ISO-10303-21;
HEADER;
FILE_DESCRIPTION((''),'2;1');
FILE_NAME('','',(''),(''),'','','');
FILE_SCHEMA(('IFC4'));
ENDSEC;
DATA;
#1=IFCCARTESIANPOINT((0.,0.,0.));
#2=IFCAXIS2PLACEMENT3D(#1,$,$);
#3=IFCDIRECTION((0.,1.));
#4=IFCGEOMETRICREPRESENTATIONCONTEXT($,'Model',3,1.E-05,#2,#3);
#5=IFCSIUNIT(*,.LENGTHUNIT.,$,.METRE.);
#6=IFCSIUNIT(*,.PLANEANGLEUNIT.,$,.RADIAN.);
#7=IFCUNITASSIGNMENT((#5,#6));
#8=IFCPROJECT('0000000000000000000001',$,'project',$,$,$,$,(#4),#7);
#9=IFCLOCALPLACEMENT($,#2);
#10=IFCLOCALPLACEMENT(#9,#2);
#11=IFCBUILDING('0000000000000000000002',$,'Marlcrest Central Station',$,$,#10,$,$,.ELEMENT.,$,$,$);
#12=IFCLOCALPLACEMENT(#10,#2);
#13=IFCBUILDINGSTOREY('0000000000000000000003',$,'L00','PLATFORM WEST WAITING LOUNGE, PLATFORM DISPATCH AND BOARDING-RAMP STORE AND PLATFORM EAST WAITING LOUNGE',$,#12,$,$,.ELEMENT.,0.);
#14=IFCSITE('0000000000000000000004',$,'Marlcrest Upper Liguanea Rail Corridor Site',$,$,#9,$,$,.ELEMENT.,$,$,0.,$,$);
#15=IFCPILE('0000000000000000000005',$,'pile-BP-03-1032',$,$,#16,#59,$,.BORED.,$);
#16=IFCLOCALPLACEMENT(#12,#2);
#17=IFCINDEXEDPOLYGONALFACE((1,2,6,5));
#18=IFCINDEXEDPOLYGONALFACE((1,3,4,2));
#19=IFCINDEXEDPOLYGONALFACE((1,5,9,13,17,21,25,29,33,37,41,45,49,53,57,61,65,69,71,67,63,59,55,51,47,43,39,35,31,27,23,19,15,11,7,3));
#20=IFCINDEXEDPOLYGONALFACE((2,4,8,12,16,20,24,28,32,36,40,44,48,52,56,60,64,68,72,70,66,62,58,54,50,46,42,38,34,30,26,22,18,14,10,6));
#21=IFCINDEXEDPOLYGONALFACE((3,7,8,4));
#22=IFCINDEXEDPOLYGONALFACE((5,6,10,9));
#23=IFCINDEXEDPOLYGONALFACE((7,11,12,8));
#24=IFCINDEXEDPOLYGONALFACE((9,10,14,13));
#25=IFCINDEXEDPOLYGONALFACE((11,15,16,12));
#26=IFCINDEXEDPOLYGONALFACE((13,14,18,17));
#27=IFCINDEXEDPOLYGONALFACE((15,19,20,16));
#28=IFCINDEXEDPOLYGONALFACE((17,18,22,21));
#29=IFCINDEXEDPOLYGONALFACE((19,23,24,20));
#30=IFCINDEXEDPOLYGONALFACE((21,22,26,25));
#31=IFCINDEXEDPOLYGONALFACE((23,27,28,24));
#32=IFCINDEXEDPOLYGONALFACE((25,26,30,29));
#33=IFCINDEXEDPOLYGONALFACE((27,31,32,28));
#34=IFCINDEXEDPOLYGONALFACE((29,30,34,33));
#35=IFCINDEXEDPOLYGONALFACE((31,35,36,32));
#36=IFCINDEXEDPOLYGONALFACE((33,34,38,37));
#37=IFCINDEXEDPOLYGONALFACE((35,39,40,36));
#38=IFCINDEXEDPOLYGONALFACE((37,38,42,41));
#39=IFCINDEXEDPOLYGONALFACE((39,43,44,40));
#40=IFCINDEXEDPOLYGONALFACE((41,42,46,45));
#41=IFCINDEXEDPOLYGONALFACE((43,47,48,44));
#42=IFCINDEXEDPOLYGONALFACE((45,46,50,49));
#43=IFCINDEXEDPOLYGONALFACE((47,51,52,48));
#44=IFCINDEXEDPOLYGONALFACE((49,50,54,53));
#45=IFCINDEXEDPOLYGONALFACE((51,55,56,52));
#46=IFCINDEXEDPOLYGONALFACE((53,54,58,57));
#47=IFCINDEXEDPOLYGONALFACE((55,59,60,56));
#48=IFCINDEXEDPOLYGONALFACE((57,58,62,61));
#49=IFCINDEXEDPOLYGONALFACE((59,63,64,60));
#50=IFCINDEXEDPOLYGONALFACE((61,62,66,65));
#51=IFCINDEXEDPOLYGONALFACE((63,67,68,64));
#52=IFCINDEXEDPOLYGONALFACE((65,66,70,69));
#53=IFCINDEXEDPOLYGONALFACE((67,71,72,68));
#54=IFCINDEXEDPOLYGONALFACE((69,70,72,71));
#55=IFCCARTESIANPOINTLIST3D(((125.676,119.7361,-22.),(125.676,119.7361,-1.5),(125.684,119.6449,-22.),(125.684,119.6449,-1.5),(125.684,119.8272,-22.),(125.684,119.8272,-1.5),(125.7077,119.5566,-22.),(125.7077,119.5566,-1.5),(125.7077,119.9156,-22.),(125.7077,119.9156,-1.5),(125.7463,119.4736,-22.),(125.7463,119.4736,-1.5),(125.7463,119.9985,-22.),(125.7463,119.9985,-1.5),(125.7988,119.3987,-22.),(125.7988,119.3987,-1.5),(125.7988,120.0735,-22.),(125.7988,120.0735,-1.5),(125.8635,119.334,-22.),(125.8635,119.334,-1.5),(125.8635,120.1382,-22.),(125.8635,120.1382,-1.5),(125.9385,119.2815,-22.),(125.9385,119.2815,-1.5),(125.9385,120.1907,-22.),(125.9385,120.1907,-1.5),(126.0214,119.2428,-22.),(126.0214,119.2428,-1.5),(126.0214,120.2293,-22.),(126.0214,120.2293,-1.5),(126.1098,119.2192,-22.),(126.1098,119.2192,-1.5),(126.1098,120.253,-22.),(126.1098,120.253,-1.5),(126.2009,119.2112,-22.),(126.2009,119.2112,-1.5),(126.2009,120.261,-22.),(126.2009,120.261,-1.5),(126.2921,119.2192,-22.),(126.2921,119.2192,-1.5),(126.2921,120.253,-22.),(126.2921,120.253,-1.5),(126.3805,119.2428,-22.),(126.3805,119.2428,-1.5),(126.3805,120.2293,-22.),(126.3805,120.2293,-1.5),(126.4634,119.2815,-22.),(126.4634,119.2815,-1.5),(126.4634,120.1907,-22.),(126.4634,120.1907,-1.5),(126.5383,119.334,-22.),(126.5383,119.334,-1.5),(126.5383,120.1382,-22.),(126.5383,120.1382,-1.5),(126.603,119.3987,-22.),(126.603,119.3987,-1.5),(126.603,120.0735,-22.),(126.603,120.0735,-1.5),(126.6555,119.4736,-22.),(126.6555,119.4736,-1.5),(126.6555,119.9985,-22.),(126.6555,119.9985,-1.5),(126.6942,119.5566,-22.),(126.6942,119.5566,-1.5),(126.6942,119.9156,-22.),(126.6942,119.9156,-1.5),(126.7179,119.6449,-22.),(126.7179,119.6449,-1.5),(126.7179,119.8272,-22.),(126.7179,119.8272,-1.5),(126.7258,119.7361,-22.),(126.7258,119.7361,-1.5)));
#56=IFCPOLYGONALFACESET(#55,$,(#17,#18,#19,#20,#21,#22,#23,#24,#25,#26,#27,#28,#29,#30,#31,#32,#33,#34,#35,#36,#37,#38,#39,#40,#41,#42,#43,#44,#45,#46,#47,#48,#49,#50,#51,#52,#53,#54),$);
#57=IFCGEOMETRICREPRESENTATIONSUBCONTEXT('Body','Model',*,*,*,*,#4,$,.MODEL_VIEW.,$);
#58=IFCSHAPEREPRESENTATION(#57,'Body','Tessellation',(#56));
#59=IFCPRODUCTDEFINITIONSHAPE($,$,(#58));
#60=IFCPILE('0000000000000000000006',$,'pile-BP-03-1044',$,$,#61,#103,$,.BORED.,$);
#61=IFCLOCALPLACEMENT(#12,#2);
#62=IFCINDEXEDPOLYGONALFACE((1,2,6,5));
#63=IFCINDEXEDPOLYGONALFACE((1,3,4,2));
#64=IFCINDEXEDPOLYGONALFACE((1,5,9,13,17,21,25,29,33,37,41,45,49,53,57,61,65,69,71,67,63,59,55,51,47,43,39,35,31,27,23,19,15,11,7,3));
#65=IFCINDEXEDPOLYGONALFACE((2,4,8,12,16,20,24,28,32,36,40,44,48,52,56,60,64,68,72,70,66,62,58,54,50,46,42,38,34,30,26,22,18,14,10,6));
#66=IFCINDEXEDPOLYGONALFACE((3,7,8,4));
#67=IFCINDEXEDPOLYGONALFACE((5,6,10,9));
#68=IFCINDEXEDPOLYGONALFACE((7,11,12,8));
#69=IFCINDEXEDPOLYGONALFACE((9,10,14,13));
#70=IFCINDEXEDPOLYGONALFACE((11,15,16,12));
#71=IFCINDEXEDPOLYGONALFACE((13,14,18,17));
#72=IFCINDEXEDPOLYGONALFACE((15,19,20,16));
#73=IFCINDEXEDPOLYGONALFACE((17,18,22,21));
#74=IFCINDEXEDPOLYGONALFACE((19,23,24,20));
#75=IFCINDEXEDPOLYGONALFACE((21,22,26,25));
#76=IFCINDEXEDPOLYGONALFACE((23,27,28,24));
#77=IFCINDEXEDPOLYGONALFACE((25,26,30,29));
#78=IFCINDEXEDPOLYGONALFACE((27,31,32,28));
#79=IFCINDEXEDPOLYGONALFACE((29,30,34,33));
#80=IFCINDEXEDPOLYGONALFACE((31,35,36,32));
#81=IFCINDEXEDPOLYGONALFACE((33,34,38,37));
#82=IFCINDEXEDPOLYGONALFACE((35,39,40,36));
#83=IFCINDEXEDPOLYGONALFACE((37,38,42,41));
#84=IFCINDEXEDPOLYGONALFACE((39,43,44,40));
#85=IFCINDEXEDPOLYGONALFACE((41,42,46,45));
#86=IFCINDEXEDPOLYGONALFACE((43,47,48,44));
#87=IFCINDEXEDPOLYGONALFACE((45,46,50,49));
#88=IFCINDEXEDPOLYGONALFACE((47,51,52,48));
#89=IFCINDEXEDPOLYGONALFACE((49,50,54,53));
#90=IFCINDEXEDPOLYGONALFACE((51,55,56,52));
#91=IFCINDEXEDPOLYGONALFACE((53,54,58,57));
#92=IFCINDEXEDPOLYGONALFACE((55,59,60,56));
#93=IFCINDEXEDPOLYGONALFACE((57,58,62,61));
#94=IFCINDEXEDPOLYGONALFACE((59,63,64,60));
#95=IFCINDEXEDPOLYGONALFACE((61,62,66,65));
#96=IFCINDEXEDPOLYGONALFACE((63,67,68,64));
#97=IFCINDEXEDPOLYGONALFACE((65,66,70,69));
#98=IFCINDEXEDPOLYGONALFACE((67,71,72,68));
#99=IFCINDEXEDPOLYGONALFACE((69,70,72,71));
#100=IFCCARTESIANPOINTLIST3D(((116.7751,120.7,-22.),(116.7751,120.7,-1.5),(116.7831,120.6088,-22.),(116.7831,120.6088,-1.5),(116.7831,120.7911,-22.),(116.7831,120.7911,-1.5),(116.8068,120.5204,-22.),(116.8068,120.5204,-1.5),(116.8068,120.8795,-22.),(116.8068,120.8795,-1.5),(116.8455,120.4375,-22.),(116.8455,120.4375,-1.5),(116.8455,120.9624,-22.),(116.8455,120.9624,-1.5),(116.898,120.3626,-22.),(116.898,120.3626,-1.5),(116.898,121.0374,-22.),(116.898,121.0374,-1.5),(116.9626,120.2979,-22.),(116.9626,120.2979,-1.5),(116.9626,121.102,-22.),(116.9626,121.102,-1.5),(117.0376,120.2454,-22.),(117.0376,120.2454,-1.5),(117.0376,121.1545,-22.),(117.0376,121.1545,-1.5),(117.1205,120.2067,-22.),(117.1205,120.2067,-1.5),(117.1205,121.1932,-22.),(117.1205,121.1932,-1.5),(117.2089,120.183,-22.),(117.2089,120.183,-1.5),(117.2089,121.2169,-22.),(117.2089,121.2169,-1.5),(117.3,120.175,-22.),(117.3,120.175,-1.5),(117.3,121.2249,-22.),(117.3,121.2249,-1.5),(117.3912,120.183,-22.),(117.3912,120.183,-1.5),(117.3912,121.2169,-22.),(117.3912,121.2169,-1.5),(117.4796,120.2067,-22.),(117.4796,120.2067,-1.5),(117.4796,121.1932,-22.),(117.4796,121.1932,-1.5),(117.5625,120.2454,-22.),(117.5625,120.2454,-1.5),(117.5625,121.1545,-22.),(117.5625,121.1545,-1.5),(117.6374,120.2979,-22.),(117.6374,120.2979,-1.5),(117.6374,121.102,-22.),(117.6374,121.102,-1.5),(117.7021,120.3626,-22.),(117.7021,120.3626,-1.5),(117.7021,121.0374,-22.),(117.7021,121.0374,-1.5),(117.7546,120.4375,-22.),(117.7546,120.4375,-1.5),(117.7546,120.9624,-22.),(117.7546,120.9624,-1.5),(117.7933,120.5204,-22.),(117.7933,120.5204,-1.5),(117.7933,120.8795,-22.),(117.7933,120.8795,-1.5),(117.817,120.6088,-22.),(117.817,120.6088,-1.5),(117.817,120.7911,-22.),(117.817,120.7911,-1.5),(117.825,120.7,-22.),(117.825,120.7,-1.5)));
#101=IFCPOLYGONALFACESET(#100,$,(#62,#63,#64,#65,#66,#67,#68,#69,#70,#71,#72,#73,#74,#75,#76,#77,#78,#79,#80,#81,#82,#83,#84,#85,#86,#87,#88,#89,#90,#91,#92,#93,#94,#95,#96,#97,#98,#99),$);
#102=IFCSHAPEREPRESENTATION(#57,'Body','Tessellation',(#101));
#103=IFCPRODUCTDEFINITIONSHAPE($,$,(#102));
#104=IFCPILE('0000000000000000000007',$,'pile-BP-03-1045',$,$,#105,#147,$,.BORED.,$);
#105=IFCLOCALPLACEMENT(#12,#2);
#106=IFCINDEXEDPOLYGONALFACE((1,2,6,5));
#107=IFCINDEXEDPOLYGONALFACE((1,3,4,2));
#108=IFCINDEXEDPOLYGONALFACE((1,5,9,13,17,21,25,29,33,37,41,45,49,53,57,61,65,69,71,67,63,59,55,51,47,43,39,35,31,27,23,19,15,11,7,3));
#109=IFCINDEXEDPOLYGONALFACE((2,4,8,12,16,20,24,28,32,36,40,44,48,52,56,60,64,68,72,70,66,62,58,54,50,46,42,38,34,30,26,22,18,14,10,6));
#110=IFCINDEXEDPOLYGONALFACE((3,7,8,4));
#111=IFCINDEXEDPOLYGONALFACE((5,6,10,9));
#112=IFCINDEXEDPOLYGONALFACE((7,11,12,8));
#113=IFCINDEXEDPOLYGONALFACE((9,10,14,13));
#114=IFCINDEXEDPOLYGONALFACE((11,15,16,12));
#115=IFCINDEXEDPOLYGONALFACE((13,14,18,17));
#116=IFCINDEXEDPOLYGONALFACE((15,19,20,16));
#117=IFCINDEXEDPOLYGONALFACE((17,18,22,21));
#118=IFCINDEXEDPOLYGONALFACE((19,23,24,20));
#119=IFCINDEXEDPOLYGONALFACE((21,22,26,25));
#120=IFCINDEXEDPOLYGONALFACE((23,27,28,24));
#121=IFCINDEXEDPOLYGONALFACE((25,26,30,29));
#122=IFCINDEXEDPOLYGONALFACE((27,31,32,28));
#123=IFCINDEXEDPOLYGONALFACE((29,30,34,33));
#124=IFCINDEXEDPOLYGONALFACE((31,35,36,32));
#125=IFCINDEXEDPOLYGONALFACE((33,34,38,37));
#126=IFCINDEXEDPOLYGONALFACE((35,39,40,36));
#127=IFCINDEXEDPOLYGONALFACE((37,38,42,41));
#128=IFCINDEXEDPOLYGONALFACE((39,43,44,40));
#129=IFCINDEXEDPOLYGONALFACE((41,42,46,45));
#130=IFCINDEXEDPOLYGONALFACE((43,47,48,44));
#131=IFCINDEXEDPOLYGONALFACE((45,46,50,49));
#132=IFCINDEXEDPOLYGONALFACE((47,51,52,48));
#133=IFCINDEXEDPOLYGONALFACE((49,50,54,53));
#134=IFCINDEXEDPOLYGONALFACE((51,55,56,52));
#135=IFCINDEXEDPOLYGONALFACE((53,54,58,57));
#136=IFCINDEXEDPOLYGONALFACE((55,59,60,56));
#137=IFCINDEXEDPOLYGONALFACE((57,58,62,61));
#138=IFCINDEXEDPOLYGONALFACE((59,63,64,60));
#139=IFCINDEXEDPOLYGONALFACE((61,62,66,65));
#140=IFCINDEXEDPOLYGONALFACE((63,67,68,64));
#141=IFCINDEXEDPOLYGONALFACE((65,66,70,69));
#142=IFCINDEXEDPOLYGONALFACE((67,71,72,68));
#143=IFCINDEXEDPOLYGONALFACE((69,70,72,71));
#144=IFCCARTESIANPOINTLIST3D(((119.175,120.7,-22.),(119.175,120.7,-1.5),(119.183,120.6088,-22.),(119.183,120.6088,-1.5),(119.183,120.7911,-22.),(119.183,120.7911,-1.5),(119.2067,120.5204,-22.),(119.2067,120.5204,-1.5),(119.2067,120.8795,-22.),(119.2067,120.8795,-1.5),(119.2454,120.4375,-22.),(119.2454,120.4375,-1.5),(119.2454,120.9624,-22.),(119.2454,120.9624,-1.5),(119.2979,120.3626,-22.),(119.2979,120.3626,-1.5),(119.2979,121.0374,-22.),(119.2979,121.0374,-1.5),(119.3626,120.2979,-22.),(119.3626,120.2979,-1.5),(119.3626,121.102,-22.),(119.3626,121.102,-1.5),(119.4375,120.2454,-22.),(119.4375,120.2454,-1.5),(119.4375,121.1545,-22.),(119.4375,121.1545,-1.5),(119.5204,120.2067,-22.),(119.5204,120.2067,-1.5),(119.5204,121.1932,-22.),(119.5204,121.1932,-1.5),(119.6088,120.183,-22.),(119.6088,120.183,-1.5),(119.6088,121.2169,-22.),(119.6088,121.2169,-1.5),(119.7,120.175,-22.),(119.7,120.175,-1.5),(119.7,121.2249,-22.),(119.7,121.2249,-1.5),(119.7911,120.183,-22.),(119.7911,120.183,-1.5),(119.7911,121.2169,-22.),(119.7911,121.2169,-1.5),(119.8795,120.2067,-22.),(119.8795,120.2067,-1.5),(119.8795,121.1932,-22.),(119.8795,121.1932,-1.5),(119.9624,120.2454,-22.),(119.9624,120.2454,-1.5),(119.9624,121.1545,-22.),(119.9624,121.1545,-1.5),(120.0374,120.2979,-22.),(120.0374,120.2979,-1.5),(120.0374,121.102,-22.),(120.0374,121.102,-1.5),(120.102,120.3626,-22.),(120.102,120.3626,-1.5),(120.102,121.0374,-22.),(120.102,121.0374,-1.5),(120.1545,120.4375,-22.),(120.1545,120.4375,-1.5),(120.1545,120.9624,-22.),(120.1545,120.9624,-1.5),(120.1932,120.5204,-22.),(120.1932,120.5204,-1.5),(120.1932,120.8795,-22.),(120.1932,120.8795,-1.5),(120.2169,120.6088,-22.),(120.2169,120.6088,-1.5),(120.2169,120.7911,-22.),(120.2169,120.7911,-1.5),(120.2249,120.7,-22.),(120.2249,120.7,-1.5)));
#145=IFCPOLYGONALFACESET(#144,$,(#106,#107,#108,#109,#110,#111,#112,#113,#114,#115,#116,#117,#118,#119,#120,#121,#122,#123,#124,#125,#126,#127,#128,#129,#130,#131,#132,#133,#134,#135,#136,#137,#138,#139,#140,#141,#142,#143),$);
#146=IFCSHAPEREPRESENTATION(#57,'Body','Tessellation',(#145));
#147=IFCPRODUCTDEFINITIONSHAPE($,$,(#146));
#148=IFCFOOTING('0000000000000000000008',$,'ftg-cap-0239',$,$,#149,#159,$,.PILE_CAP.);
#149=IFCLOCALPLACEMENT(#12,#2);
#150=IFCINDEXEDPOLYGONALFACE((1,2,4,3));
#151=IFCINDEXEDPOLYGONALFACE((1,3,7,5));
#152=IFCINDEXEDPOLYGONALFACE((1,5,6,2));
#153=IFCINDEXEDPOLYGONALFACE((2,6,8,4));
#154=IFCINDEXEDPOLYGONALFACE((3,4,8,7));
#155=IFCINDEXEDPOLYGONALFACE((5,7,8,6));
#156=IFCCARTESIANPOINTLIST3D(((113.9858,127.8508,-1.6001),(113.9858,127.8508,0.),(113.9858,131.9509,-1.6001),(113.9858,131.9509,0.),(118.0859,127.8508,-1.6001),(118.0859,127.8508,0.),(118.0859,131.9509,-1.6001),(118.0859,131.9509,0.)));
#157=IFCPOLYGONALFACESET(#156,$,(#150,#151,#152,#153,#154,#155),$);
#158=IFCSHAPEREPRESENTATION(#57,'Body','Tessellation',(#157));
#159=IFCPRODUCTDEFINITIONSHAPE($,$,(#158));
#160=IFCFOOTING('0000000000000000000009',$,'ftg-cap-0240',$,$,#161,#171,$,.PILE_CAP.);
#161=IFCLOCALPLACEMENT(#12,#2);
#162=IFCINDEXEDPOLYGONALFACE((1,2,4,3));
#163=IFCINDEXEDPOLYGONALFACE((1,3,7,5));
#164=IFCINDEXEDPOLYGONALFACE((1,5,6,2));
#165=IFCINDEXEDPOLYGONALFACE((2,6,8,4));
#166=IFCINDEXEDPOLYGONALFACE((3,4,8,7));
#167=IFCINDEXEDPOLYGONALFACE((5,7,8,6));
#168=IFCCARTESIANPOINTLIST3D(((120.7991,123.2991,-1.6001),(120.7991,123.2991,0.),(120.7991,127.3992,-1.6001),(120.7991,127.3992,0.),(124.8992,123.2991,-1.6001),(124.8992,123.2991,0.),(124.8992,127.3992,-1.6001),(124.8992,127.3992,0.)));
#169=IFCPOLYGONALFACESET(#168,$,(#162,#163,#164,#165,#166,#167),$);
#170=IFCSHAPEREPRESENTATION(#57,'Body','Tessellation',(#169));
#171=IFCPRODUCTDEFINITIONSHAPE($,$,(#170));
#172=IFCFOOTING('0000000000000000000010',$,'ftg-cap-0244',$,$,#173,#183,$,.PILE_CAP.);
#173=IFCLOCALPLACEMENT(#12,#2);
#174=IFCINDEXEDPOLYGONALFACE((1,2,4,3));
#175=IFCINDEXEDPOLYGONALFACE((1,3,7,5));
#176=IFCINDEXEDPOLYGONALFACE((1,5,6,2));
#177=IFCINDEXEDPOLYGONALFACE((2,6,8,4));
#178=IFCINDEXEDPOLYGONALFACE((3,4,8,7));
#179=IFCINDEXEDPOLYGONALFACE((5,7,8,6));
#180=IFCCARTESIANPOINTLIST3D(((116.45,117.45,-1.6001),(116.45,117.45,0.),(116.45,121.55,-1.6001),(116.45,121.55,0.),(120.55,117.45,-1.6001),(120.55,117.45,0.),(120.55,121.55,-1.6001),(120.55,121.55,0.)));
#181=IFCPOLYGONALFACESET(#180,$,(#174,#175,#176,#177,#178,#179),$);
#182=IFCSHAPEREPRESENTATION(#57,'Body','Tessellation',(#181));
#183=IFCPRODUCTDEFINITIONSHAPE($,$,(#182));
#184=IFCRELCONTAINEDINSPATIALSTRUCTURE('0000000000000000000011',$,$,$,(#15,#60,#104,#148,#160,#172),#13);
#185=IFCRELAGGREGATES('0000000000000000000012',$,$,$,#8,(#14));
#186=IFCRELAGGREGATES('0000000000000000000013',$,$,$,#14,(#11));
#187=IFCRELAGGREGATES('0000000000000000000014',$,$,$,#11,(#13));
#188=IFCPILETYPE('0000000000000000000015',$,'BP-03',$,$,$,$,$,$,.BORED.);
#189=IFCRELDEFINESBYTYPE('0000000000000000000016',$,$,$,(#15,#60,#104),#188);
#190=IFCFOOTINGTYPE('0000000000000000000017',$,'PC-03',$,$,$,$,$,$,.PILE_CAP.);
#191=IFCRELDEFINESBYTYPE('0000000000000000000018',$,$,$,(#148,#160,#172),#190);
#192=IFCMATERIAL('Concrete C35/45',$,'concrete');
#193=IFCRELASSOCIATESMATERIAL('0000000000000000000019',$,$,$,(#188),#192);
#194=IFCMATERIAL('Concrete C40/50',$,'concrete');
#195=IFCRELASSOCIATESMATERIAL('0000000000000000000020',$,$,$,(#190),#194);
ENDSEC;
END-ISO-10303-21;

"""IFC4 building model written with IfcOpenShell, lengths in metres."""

from ifc_helpers import new_model, si_unit, direction, frame, origin, origin_2d, place, context, subcontext, project, spatial, rectangle, circle, extrude, material, material_profile, profile_set, type_object, element, save


model = new_model("IFC4")

# Units and contexts
model_context = context("Model", 3, precision=1e-05, world=origin(), true_north=direction((0.0, 1.0)))
body_context = subcontext(model_context, "Body", "Model", "MODEL_VIEW")
ifc_project = project(units=[si_unit("LENGTHUNIT", "METRE"), si_unit("PLANEANGLEUNIT", "RADIAN")], contexts=[model_context])

# Site, building, storey
site_placement = place(None, origin())
site = spatial("IfcSite", under=ifc_project, at=site_placement, Name="Marlcrest Upper Liguanea Rail Corridor Site", CompositionType="ELEMENT", RefElevation=0.0)
building_placement = place(site_placement, origin())
building = spatial("IfcBuilding", under=site, at=building_placement, Name="Marlcrest Central Station", CompositionType="ELEMENT")
storey_placement = place(building_placement, origin())
storey = spatial("IfcBuildingStorey", under=building, at=storey_placement, Name="L00", Description="PLATFORM WEST WAITING LOUNGE, PLATFORM DISPATCH AND BOARDING-RAMP STORE AND PLATFORM EAST WAITING LOUNGE", CompositionType="ELEMENT", Elevation=0.0)

# Piles
ifc_material_1 = material(Name="Concrete C35/45", Category="concrete")
ifc_material_profile_1 = material_profile(ifc_material_1, circle(Radius=0.5249, at=origin_2d()), Name="PILE D1050")
ifc_profile_set_1 = profile_set([ifc_material_profile_1], Name="Concrete C35/45")
pile_type = type_object("IfcPileType", Name="BP-03", PredefinedType="BORED", material=ifc_profile_set_1)
for number, where, z_axis, x_axis, name in (
    (1, (126.2009, 119.7361, -1.5), (0.0, 0.0, -1.0), (1.0, 0.0, 0.0), "pile-BP-03-1032"),
    (2, (117.3, 120.7, -1.5), (0.0, 0.0, -1.0), (1.0, 0.0, 0.0), "pile-BP-03-1044"),
    (3, (119.7, 120.7, -1.5), (0.0, 0.0, -1.0), (1.0, 0.0, 0.0), "pile-BP-03-1045"),
):
    element("IfcPile", number, at=place(storey_placement, frame(where, z_axis=z_axis, x_axis=x_axis)), inside=storey, type_object=pile_type, Name=name, PredefinedType="BORED", context=body_context, shape_type="SweptSolid", body=[
        extrude(circle(Radius=0.5249, at=origin_2d()), origin(), (0.0, 0.0, 1.0), 20.5),
    ])

# Footings
ifc_material_2 = material(Name="Concrete C40/50", Category="concrete")
footing_type = type_object("IfcFootingType", Name="PC-03", PredefinedType="PILE_CAP", material=ifc_material_2)
for number, where, z_axis, x_axis, name in (
    (4, (116.0359, 129.9009, -1.6001), (0.0, 0.0, 1.0), (1.0, 0.0, 0.0), "ftg-cap-0239"),
    (5, (122.8491, 125.3491, -1.6001), (0.0, 0.0, 1.0), (1.0, 0.0, 0.0), "ftg-cap-0240"),
    (6, (118.5, 119.5, -1.6001), (0.0, 0.0, 1.0), (1.0, 0.0, 0.0), "ftg-cap-0244"),
):
    element("IfcFooting", number, at=place(storey_placement, frame(where, z_axis=z_axis, x_axis=x_axis)), inside=storey, type_object=footing_type, Name=name, PredefinedType="PILE_CAP", context=body_context, shape_type="SweptSolid", body=[
        extrude(rectangle(XDim=4.1001, YDim=4.1001, at=origin_2d()), origin(), (0.0, 0.0, 1.0), 1.6001),
    ])

save(model, "model.ifc")
